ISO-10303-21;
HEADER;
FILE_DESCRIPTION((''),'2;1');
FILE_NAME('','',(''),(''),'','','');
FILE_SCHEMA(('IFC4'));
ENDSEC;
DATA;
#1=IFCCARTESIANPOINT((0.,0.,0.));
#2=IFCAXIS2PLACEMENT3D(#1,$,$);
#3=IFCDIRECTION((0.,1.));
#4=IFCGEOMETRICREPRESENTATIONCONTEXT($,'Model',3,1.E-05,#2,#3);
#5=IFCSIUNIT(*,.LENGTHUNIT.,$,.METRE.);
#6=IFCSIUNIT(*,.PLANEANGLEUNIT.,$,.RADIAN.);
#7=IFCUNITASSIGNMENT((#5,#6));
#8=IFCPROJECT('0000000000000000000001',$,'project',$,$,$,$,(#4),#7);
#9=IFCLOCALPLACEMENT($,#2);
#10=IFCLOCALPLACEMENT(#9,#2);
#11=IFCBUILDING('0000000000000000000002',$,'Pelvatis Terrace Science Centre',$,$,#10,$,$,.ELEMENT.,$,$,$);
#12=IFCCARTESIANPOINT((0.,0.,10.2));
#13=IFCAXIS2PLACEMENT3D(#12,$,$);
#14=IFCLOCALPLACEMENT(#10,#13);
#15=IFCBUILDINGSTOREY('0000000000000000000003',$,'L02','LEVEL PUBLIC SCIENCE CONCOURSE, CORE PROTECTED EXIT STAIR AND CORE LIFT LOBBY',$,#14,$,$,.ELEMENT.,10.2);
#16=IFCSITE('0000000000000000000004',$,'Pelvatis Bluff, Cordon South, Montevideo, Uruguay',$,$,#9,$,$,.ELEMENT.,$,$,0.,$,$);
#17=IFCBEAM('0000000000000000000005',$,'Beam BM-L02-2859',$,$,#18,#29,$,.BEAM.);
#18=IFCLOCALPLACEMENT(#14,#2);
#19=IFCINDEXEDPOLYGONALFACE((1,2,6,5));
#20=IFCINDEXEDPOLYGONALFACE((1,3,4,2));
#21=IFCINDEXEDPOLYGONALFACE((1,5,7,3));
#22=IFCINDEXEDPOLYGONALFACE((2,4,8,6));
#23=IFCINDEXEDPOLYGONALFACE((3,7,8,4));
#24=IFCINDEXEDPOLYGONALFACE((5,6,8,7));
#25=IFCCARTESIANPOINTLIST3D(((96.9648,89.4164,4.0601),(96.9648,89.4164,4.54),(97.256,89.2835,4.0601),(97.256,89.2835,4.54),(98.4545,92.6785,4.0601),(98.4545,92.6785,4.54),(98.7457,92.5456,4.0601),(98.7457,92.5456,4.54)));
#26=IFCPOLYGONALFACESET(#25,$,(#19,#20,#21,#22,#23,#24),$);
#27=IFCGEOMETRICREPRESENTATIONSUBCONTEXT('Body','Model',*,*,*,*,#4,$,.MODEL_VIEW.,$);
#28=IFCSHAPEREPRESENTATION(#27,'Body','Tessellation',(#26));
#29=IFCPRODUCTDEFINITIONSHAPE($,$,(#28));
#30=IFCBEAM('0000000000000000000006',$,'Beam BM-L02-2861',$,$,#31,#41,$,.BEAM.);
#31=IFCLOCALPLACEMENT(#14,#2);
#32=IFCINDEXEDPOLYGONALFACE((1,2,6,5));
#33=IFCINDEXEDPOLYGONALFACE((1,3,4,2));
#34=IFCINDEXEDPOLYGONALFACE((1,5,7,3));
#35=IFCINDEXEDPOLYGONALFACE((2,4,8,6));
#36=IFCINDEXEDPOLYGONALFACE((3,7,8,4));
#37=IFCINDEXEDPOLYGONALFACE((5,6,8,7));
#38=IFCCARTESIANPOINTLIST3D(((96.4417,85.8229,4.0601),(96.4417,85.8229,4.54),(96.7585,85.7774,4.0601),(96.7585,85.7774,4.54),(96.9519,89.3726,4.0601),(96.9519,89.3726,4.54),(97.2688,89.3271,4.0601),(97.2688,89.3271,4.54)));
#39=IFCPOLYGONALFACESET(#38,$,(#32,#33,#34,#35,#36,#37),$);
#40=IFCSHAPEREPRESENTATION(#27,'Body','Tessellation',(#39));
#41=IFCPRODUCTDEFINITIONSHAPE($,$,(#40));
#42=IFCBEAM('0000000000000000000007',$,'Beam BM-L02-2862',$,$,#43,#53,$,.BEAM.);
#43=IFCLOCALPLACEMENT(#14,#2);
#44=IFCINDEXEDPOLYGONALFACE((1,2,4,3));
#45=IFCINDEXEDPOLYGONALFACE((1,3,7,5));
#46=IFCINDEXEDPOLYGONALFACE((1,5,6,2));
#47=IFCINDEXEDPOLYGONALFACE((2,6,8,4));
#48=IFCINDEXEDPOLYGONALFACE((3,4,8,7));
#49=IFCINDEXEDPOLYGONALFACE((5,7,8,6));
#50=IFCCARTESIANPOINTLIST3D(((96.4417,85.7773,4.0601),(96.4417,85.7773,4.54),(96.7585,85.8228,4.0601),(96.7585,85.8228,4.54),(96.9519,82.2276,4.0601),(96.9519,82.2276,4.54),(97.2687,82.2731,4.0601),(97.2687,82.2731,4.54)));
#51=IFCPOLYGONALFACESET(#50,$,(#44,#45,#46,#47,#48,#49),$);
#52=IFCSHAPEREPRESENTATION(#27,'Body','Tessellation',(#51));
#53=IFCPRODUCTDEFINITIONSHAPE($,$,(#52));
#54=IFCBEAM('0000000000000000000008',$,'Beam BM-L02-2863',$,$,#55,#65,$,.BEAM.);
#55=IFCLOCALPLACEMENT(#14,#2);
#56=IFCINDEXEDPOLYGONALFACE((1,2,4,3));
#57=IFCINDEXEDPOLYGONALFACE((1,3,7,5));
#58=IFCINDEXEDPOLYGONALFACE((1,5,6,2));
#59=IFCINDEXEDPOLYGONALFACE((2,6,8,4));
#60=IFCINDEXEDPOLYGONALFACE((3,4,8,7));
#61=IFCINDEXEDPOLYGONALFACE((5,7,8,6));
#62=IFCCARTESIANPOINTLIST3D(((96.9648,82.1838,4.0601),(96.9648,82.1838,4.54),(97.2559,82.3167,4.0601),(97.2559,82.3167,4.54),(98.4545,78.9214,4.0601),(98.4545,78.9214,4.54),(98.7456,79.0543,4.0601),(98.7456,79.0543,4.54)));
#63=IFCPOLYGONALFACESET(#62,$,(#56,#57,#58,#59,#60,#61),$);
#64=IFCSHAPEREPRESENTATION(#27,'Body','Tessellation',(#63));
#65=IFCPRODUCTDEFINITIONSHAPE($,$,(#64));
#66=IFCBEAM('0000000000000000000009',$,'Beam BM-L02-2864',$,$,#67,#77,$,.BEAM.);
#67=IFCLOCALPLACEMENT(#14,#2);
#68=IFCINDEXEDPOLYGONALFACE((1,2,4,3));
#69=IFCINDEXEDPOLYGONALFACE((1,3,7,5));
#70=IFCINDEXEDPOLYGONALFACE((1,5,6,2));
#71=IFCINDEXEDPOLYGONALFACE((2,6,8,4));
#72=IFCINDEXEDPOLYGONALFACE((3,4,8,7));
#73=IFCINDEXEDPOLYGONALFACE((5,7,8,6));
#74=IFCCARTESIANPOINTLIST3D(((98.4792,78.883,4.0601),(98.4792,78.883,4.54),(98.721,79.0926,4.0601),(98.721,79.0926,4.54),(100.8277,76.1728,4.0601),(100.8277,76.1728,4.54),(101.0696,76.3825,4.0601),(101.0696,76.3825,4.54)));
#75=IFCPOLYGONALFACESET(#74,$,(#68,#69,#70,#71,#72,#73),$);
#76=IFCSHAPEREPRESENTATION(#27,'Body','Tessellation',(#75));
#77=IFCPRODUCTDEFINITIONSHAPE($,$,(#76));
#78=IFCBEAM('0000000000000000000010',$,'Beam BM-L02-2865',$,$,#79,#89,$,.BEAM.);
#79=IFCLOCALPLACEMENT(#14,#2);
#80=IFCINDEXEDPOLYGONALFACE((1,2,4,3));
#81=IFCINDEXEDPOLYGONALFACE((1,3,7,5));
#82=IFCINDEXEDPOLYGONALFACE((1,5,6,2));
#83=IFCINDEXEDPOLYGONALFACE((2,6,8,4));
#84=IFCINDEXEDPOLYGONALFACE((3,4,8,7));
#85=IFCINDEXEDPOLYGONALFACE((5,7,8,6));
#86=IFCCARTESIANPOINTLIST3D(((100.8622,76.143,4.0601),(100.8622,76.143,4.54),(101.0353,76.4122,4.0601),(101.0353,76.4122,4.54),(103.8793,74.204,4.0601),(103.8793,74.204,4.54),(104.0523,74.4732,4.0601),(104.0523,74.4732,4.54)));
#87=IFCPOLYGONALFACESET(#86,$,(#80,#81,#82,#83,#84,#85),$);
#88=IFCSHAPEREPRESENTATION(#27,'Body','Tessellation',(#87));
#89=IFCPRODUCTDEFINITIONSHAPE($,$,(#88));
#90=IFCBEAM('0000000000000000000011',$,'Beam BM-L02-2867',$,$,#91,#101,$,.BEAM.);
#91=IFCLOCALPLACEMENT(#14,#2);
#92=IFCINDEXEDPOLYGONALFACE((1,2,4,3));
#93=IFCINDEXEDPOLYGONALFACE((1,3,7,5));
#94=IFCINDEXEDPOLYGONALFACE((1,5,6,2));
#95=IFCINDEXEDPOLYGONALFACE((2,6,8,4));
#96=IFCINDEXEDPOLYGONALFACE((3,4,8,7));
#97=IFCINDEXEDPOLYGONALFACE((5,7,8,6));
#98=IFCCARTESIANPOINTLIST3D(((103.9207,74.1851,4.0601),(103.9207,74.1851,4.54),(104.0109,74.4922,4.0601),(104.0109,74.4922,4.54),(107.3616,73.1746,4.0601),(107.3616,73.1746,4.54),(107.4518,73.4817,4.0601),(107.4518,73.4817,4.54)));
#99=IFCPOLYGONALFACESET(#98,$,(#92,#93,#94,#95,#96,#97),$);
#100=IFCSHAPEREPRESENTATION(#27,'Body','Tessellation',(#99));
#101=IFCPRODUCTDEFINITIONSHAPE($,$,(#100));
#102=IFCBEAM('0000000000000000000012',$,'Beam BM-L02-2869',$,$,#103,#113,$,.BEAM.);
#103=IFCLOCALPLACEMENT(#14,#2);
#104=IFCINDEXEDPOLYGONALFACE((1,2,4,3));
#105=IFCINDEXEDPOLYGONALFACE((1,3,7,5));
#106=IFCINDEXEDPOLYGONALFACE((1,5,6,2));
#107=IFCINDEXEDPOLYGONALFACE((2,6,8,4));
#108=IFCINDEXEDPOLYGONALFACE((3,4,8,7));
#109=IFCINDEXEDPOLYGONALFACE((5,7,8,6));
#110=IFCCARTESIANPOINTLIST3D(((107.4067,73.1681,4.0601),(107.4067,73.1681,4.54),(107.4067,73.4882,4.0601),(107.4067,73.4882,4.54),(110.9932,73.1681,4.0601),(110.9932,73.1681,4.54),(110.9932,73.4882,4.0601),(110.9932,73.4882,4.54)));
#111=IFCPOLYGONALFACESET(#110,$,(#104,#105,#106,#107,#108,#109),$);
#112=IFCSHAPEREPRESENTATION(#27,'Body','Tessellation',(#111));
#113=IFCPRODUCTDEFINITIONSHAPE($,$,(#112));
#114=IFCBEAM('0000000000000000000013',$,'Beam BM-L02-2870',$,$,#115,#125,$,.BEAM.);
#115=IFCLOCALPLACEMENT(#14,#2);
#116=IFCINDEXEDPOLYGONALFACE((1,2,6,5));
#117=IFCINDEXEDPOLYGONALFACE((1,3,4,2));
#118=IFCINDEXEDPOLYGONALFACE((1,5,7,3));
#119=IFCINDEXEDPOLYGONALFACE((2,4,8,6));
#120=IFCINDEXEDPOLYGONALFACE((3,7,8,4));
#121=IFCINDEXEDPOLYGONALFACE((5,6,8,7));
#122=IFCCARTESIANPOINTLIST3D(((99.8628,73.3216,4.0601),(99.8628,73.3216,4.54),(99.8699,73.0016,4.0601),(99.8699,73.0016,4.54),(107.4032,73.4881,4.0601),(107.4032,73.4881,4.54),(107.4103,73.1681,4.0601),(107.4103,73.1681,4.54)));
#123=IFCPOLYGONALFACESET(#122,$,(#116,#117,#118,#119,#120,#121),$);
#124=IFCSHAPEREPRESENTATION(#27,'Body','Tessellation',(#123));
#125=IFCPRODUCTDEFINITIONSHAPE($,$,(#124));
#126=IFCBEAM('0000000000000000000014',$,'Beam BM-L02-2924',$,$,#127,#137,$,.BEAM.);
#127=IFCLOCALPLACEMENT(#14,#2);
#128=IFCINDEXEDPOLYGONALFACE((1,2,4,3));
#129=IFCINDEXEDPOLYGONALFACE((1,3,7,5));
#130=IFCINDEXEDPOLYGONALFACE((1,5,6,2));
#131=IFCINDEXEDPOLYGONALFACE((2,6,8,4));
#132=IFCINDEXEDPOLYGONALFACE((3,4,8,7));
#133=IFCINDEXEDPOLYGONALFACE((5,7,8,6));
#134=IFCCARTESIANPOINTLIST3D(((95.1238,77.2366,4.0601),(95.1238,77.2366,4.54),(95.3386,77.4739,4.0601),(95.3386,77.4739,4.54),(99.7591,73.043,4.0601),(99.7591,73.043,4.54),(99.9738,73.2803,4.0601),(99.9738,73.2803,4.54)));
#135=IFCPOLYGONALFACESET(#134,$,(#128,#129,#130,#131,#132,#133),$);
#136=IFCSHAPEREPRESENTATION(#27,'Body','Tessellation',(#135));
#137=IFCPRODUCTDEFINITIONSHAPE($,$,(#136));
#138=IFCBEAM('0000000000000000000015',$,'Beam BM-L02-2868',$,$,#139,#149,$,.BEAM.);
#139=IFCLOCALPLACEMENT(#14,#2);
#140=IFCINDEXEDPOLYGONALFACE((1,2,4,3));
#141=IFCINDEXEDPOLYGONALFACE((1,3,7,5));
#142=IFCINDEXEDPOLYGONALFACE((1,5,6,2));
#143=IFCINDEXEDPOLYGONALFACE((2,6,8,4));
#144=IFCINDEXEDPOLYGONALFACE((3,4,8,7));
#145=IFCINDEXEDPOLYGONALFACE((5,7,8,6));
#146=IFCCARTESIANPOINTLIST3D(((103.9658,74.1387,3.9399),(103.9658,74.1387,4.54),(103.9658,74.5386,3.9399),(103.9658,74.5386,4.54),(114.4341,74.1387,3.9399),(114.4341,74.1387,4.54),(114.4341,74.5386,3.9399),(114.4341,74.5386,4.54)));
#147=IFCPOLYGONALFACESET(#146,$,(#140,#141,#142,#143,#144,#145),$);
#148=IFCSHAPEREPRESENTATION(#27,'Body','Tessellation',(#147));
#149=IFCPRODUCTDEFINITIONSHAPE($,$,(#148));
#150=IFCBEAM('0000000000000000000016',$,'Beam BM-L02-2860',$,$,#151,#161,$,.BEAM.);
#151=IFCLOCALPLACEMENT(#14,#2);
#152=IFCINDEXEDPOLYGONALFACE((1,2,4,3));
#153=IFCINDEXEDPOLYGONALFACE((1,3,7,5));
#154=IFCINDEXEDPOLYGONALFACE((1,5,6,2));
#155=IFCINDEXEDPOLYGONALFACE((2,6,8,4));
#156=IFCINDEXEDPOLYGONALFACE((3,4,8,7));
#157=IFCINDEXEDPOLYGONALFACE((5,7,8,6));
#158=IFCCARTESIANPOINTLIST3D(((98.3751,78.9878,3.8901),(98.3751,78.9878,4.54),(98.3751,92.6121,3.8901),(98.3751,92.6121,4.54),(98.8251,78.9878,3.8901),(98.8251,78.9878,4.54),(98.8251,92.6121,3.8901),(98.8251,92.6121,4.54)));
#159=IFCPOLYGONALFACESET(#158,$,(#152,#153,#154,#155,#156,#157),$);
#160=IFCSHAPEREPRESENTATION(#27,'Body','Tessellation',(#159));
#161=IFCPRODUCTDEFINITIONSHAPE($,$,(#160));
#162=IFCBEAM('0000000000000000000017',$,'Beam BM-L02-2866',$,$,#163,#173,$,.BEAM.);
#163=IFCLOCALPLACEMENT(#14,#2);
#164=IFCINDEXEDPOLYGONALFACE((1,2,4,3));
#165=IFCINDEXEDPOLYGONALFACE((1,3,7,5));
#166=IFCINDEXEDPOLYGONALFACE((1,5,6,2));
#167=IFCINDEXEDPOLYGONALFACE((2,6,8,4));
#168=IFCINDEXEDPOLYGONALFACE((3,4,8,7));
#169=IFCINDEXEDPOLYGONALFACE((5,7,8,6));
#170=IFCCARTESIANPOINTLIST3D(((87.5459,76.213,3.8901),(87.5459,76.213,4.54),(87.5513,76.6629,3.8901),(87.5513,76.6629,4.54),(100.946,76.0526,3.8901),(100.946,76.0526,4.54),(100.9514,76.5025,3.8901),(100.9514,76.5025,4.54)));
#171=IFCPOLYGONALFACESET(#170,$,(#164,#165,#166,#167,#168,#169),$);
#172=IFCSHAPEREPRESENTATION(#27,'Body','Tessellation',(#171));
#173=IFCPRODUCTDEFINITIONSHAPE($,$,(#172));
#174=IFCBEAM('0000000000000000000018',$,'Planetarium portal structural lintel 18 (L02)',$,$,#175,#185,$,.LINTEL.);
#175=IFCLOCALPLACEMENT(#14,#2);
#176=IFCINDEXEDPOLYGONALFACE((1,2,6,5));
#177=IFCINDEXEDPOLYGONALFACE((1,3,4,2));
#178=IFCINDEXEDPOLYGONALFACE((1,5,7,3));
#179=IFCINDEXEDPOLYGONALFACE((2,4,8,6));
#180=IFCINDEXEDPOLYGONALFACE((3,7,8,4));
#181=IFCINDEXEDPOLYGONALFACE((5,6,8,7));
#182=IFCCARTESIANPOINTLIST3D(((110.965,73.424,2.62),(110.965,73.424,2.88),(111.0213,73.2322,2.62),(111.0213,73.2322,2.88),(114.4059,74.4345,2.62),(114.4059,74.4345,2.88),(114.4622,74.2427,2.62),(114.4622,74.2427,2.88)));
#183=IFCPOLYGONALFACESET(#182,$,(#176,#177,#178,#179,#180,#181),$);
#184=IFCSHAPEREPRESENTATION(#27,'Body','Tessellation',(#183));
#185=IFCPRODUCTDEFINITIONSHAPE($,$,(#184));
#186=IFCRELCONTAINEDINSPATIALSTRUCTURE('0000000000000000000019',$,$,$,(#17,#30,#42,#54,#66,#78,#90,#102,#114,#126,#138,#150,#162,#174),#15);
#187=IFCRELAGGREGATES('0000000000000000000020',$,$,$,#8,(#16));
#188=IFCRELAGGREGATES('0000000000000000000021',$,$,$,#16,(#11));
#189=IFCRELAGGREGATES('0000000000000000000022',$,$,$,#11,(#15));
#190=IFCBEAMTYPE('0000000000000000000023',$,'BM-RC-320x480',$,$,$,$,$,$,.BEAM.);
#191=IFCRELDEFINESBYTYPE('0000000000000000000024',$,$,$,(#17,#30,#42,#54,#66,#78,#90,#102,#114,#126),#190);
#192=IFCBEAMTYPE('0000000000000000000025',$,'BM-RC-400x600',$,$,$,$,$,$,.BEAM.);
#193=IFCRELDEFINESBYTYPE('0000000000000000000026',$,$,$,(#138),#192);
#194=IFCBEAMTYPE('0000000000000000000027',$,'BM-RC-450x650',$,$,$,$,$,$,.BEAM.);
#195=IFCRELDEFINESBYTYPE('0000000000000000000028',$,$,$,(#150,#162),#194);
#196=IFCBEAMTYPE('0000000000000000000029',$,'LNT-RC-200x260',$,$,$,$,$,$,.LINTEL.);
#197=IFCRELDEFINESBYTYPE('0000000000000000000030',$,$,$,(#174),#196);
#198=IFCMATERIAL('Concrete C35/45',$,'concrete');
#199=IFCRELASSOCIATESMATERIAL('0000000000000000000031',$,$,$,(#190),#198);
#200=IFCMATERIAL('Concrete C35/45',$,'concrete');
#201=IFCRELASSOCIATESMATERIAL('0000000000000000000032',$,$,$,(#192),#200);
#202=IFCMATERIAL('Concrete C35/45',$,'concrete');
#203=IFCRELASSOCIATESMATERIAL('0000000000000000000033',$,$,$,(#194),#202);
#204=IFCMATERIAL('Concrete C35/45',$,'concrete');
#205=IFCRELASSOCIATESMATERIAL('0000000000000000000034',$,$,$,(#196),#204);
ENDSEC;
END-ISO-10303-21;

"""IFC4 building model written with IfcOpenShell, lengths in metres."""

from ifc_helpers import new_model, si_unit, direction, frame, origin, origin_2d, place, context, subcontext, project, spatial, rectangle, extrude, material, material_profile, profile_set, type_object, element, save


model = new_model("IFC4")

# Units and contexts
model_context = context("Model", 3, precision=1e-05, world=origin(), true_north=direction((0.0, 1.0)))
body_context = subcontext(model_context, "Body", "Model", "MODEL_VIEW")
ifc_project = project(units=[si_unit("LENGTHUNIT", "METRE"), si_unit("PLANEANGLEUNIT", "RADIAN")], contexts=[model_context])

# Site, building, storey
site_placement = place(None, origin())
site = spatial("IfcSite", under=ifc_project, at=site_placement, Name="Pelvatis Bluff, Cordon South, Montevideo, Uruguay", CompositionType="ELEMENT", RefElevation=0.0)
building_placement = place(site_placement, origin())
building = spatial("IfcBuilding", under=site, at=building_placement, Name="Pelvatis Terrace Science Centre", CompositionType="ELEMENT")
storey_placement = place(building_placement, frame((0.0, 0.0, 10.2)))
storey = spatial("IfcBuildingStorey", under=building, at=storey_placement, Name="L02", Description="LEVEL PUBLIC SCIENCE CONCOURSE, CORE PROTECTED EXIT STAIR AND CORE LIFT LOBBY", CompositionType="ELEMENT", Elevation=10.2)

# Beams
ifc_material_1 = material(Name="Concrete C35/45", Category="concrete")
ifc_material_profile_1 = material_profile(ifc_material_1, rectangle(XDim=0.3201, YDim=0.48, at=origin_2d()), Name="RC-BM 320x480")
ifc_profile_set_1 = profile_set([ifc_material_profile_1], Name="Concrete C35/45")
beam_type_1 = type_object("IfcBeamType", Name="BM-RC-320x480", PredefinedType="BEAM", material=ifc_profile_set_1)
for number, where, z_axis, x_axis, name in (
    (1, (98.6001, 92.6121, 4.3), (-0.415403, -0.909638, 0.0), (0.909638, -0.415403, 0.0), "Beam BM-L02-2859"),
    (2, (97.1104, 89.3499, 4.3), (-0.142279, -0.989827, 0.0), (0.989827, -0.142279, 0.0), "Beam BM-L02-2861"),
    (3, (96.6001, 85.8, 4.3), (0.142279, -0.989827, 0.0), (0.989827, 0.142279, 0.0), "Beam BM-L02-2862"),
):
    element("IfcBeam", number, at=place(storey_placement, frame(where, z_axis=z_axis, x_axis=x_axis)), inside=storey, type_object=beam_type_1, Name=name, PredefinedType="BEAM", context=body_context, shape_type="SweptSolid", body=[
        extrude(rectangle(XDim=0.3201, YDim=0.48, at=origin_2d()), origin(), (0.0, 0.0, 1.0), 3.5862),
    ])
beam_1_placement = place(storey_placement, frame((97.1104, 82.2502, 4.3), z_axis=(0.415377, -0.909649, 0.0), x_axis=(0.909649, 0.415377, 0.0)))
element("IfcBeam", 4, at=beam_1_placement, inside=storey, type_object=beam_type_1, Name="Beam BM-L02-2863", PredefinedType="BEAM", context=body_context, shape_type="SweptSolid", body=[
    extrude(rectangle(XDim=0.3201, YDim=0.48, at=origin_2d()), origin(), (0.0, 0.0, 1.0), 3.5864),
])
beam_2_placement = place(storey_placement, frame((98.6001, 78.9878, 4.3), z_axis=(0.654897, -0.755718, 0.0), x_axis=(0.755718, 0.654897, 0.0)))
element("IfcBeam", 5, at=beam_2_placement, inside=storey, type_object=beam_type_1, Name="Beam BM-L02-2864", PredefinedType="BEAM", context=body_context, shape_type="SweptSolid", body=[
    extrude(rectangle(XDim=0.3201, YDim=0.48, at=origin_2d()), origin(), (0.0, 0.0, 1.0), 3.5862),
])
beam_3_placement = place(storey_placement, frame((100.9487, 76.2776, 4.3), z_axis=(0.841254, -0.540641, 0.0), x_axis=(0.540641, 0.841254, 0.0)))
element("IfcBeam", 6, at=beam_3_placement, inside=storey, type_object=beam_type_1, Name="Beam BM-L02-2865", PredefinedType="BEAM", context=body_context, shape_type="SweptSolid", body=[
    extrude(rectangle(XDim=0.3201, YDim=0.48, at=origin_2d()), origin(), (0.0, 0.0, 1.0), 3.5864),
])
beam_4_placement = place(storey_placement, frame((103.9658, 74.3386, 4.3), z_axis=(0.959481, -0.281772, 0.0), x_axis=(0.281772, 0.959481, 0.0)))
element("IfcBeam", 7, at=beam_4_placement, inside=storey, type_object=beam_type_1, Name="Beam BM-L02-2867", PredefinedType="BEAM", context=body_context, shape_type="SweptSolid", body=[
    extrude(rectangle(XDim=0.3201, YDim=0.48, at=origin_2d()), origin(), (0.0, 0.0, 1.0), 3.5862),
])
beam_5_placement = place(storey_placement, frame((107.4067, 73.3281, 4.3), z_axis=(1.0, 0.0, 0.0), x_axis=(0.0, 1.0, 0.0)))
element("IfcBeam", 8, at=beam_5_placement, inside=storey, type_object=beam_type_1, Name="Beam BM-L02-2869", PredefinedType="BEAM", context=body_context, shape_type="SweptSolid", body=[
    extrude(rectangle(XDim=0.3201, YDim=0.48, at=origin_2d()), origin(), (0.0, 0.0, 1.0), 3.5864),
])
beam_6_placement = place(storey_placement, frame((107.4067, 73.3281, 4.3), z_axis=(-0.999756, -0.022077, 0.0), x_axis=(0.022077, -0.999756, 0.0)))
element("IfcBeam", 9, at=beam_6_placement, inside=storey, type_object=beam_type_1, Name="Beam BM-L02-2870", PredefinedType="BEAM", context=body_context, shape_type="SweptSolid", body=[
    extrude(rectangle(XDim=0.3201, YDim=0.48, at=origin_2d()), origin(), (0.0, 0.0, 1.0), 7.5422),
])
beam_7_placement = place(storey_placement, frame((95.2312, 77.3552, 4.3), z_axis=(0.741552, -0.670896, 0.0), x_axis=(0.670896, 0.741552, 0.0)))
element("IfcBeam", 10, at=beam_7_placement, inside=storey, type_object=beam_type_1, Name="Beam BM-L02-2924", PredefinedType="BEAM", context=body_context, shape_type="SweptSolid", body=[
    extrude(rectangle(XDim=0.3201, YDim=0.48, at=origin_2d()), origin(), (0.0, 0.0, 1.0), 6.2507),
])
ifc_material_2 = material(Name="Concrete C35/45", Category="concrete")
ifc_material_profile_2 = material_profile(ifc_material_2, rectangle(XDim=0.3999, YDim=0.6001, at=origin_2d()), Name="RC-BM 400x600")
ifc_profile_set_2 = profile_set([ifc_material_profile_2], Name="Concrete C35/45")
beam_type_2 = type_object("IfcBeamType", Name="BM-RC-400x600", PredefinedType="BEAM", material=ifc_profile_set_2)
beam_8_placement = place(storey_placement, frame((103.9658, 74.3386, 4.24), z_axis=(1.0, 0.0, 0.0), x_axis=(0.0, 1.0, 0.0)))
element("IfcBeam", 11, at=beam_8_placement, inside=storey, type_object=beam_type_2, Name="Beam BM-L02-2868", PredefinedType="BEAM", context=body_context, shape_type="SweptSolid", body=[
    extrude(rectangle(XDim=0.3999, YDim=0.6001, at=origin_2d()), origin(), (0.0, 0.0, 1.0), 10.4683),
])
ifc_material_3 = material(Name="Concrete C35/45", Category="concrete")
ifc_material_profile_3 = material_profile(ifc_material_3, rectangle(XDim=0.45, YDim=0.6499, at=origin_2d()), Name="RC-BM 450x650")
ifc_profile_set_3 = profile_set([ifc_material_profile_3], Name="Concrete C35/45")
beam_type_3 = type_object("IfcBeamType", Name="BM-RC-450x650", PredefinedType="BEAM", material=ifc_profile_set_3)
beam_9_placement = place(storey_placement, frame((98.6001, 92.6121, 4.2151), z_axis=(0.0, -1.0, 0.0), x_axis=(1.0, 0.0, 0.0)))
element("IfcBeam", 12, at=beam_9_placement, inside=storey, type_object=beam_type_3, Name="Beam BM-L02-2860", PredefinedType="BEAM", context=body_context, shape_type="SweptSolid", body=[
    extrude(rectangle(XDim=0.45, YDim=0.6499, at=origin_2d()), origin(), (0.0, 0.0, 1.0), 13.6243),
])
beam_10_placement = place(storey_placement, frame((100.9487, 76.2776, 4.2151), z_axis=(-0.999928, 0.011969, 0.0), x_axis=(-0.011969, -0.999928, 0.0)))
element("IfcBeam", 13, at=beam_10_placement, inside=storey, type_object=beam_type_3, Name="Beam BM-L02-2866", PredefinedType="BEAM", context=body_context, shape_type="SweptSolid", body=[
    extrude(rectangle(XDim=0.45, YDim=0.6499, at=origin_2d()), origin(), (0.0, 0.0, 1.0), 13.4011),
])
ifc_material_4 = material(Name="Concrete C35/45", Category="concrete")
ifc_material_profile_4 = material_profile(ifc_material_4, rectangle(XDim=0.2, YDim=0.26, at=origin_2d()), Name="RC-LNT 200x260")
ifc_profile_set_4 = profile_set([ifc_material_profile_4], Name="Concrete C35/45")
beam_type_4 = type_object("IfcBeamType", Name="LNT-RC-200x260", PredefinedType="LINTEL", material=ifc_profile_set_4)
beam_11_placement = place(storey_placement, frame((110.9932, 73.3281, 2.75), z_axis=(0.959481, 0.281772, 0.0), x_axis=(-0.281772, 0.959481, 0.0)))
element("IfcBeam", 14, at=beam_11_placement, inside=storey, type_object=beam_type_4, Name="Planetarium portal structural lintel 18 (L02)", PredefinedType="LINTEL", context=body_context, shape_type="SweptSolid", body=[
    extrude(rectangle(XDim=0.2, YDim=0.26, at=origin_2d()), origin(), (0.0, 0.0, 1.0), 3.5862),
])

save(model, "model.ifc")
